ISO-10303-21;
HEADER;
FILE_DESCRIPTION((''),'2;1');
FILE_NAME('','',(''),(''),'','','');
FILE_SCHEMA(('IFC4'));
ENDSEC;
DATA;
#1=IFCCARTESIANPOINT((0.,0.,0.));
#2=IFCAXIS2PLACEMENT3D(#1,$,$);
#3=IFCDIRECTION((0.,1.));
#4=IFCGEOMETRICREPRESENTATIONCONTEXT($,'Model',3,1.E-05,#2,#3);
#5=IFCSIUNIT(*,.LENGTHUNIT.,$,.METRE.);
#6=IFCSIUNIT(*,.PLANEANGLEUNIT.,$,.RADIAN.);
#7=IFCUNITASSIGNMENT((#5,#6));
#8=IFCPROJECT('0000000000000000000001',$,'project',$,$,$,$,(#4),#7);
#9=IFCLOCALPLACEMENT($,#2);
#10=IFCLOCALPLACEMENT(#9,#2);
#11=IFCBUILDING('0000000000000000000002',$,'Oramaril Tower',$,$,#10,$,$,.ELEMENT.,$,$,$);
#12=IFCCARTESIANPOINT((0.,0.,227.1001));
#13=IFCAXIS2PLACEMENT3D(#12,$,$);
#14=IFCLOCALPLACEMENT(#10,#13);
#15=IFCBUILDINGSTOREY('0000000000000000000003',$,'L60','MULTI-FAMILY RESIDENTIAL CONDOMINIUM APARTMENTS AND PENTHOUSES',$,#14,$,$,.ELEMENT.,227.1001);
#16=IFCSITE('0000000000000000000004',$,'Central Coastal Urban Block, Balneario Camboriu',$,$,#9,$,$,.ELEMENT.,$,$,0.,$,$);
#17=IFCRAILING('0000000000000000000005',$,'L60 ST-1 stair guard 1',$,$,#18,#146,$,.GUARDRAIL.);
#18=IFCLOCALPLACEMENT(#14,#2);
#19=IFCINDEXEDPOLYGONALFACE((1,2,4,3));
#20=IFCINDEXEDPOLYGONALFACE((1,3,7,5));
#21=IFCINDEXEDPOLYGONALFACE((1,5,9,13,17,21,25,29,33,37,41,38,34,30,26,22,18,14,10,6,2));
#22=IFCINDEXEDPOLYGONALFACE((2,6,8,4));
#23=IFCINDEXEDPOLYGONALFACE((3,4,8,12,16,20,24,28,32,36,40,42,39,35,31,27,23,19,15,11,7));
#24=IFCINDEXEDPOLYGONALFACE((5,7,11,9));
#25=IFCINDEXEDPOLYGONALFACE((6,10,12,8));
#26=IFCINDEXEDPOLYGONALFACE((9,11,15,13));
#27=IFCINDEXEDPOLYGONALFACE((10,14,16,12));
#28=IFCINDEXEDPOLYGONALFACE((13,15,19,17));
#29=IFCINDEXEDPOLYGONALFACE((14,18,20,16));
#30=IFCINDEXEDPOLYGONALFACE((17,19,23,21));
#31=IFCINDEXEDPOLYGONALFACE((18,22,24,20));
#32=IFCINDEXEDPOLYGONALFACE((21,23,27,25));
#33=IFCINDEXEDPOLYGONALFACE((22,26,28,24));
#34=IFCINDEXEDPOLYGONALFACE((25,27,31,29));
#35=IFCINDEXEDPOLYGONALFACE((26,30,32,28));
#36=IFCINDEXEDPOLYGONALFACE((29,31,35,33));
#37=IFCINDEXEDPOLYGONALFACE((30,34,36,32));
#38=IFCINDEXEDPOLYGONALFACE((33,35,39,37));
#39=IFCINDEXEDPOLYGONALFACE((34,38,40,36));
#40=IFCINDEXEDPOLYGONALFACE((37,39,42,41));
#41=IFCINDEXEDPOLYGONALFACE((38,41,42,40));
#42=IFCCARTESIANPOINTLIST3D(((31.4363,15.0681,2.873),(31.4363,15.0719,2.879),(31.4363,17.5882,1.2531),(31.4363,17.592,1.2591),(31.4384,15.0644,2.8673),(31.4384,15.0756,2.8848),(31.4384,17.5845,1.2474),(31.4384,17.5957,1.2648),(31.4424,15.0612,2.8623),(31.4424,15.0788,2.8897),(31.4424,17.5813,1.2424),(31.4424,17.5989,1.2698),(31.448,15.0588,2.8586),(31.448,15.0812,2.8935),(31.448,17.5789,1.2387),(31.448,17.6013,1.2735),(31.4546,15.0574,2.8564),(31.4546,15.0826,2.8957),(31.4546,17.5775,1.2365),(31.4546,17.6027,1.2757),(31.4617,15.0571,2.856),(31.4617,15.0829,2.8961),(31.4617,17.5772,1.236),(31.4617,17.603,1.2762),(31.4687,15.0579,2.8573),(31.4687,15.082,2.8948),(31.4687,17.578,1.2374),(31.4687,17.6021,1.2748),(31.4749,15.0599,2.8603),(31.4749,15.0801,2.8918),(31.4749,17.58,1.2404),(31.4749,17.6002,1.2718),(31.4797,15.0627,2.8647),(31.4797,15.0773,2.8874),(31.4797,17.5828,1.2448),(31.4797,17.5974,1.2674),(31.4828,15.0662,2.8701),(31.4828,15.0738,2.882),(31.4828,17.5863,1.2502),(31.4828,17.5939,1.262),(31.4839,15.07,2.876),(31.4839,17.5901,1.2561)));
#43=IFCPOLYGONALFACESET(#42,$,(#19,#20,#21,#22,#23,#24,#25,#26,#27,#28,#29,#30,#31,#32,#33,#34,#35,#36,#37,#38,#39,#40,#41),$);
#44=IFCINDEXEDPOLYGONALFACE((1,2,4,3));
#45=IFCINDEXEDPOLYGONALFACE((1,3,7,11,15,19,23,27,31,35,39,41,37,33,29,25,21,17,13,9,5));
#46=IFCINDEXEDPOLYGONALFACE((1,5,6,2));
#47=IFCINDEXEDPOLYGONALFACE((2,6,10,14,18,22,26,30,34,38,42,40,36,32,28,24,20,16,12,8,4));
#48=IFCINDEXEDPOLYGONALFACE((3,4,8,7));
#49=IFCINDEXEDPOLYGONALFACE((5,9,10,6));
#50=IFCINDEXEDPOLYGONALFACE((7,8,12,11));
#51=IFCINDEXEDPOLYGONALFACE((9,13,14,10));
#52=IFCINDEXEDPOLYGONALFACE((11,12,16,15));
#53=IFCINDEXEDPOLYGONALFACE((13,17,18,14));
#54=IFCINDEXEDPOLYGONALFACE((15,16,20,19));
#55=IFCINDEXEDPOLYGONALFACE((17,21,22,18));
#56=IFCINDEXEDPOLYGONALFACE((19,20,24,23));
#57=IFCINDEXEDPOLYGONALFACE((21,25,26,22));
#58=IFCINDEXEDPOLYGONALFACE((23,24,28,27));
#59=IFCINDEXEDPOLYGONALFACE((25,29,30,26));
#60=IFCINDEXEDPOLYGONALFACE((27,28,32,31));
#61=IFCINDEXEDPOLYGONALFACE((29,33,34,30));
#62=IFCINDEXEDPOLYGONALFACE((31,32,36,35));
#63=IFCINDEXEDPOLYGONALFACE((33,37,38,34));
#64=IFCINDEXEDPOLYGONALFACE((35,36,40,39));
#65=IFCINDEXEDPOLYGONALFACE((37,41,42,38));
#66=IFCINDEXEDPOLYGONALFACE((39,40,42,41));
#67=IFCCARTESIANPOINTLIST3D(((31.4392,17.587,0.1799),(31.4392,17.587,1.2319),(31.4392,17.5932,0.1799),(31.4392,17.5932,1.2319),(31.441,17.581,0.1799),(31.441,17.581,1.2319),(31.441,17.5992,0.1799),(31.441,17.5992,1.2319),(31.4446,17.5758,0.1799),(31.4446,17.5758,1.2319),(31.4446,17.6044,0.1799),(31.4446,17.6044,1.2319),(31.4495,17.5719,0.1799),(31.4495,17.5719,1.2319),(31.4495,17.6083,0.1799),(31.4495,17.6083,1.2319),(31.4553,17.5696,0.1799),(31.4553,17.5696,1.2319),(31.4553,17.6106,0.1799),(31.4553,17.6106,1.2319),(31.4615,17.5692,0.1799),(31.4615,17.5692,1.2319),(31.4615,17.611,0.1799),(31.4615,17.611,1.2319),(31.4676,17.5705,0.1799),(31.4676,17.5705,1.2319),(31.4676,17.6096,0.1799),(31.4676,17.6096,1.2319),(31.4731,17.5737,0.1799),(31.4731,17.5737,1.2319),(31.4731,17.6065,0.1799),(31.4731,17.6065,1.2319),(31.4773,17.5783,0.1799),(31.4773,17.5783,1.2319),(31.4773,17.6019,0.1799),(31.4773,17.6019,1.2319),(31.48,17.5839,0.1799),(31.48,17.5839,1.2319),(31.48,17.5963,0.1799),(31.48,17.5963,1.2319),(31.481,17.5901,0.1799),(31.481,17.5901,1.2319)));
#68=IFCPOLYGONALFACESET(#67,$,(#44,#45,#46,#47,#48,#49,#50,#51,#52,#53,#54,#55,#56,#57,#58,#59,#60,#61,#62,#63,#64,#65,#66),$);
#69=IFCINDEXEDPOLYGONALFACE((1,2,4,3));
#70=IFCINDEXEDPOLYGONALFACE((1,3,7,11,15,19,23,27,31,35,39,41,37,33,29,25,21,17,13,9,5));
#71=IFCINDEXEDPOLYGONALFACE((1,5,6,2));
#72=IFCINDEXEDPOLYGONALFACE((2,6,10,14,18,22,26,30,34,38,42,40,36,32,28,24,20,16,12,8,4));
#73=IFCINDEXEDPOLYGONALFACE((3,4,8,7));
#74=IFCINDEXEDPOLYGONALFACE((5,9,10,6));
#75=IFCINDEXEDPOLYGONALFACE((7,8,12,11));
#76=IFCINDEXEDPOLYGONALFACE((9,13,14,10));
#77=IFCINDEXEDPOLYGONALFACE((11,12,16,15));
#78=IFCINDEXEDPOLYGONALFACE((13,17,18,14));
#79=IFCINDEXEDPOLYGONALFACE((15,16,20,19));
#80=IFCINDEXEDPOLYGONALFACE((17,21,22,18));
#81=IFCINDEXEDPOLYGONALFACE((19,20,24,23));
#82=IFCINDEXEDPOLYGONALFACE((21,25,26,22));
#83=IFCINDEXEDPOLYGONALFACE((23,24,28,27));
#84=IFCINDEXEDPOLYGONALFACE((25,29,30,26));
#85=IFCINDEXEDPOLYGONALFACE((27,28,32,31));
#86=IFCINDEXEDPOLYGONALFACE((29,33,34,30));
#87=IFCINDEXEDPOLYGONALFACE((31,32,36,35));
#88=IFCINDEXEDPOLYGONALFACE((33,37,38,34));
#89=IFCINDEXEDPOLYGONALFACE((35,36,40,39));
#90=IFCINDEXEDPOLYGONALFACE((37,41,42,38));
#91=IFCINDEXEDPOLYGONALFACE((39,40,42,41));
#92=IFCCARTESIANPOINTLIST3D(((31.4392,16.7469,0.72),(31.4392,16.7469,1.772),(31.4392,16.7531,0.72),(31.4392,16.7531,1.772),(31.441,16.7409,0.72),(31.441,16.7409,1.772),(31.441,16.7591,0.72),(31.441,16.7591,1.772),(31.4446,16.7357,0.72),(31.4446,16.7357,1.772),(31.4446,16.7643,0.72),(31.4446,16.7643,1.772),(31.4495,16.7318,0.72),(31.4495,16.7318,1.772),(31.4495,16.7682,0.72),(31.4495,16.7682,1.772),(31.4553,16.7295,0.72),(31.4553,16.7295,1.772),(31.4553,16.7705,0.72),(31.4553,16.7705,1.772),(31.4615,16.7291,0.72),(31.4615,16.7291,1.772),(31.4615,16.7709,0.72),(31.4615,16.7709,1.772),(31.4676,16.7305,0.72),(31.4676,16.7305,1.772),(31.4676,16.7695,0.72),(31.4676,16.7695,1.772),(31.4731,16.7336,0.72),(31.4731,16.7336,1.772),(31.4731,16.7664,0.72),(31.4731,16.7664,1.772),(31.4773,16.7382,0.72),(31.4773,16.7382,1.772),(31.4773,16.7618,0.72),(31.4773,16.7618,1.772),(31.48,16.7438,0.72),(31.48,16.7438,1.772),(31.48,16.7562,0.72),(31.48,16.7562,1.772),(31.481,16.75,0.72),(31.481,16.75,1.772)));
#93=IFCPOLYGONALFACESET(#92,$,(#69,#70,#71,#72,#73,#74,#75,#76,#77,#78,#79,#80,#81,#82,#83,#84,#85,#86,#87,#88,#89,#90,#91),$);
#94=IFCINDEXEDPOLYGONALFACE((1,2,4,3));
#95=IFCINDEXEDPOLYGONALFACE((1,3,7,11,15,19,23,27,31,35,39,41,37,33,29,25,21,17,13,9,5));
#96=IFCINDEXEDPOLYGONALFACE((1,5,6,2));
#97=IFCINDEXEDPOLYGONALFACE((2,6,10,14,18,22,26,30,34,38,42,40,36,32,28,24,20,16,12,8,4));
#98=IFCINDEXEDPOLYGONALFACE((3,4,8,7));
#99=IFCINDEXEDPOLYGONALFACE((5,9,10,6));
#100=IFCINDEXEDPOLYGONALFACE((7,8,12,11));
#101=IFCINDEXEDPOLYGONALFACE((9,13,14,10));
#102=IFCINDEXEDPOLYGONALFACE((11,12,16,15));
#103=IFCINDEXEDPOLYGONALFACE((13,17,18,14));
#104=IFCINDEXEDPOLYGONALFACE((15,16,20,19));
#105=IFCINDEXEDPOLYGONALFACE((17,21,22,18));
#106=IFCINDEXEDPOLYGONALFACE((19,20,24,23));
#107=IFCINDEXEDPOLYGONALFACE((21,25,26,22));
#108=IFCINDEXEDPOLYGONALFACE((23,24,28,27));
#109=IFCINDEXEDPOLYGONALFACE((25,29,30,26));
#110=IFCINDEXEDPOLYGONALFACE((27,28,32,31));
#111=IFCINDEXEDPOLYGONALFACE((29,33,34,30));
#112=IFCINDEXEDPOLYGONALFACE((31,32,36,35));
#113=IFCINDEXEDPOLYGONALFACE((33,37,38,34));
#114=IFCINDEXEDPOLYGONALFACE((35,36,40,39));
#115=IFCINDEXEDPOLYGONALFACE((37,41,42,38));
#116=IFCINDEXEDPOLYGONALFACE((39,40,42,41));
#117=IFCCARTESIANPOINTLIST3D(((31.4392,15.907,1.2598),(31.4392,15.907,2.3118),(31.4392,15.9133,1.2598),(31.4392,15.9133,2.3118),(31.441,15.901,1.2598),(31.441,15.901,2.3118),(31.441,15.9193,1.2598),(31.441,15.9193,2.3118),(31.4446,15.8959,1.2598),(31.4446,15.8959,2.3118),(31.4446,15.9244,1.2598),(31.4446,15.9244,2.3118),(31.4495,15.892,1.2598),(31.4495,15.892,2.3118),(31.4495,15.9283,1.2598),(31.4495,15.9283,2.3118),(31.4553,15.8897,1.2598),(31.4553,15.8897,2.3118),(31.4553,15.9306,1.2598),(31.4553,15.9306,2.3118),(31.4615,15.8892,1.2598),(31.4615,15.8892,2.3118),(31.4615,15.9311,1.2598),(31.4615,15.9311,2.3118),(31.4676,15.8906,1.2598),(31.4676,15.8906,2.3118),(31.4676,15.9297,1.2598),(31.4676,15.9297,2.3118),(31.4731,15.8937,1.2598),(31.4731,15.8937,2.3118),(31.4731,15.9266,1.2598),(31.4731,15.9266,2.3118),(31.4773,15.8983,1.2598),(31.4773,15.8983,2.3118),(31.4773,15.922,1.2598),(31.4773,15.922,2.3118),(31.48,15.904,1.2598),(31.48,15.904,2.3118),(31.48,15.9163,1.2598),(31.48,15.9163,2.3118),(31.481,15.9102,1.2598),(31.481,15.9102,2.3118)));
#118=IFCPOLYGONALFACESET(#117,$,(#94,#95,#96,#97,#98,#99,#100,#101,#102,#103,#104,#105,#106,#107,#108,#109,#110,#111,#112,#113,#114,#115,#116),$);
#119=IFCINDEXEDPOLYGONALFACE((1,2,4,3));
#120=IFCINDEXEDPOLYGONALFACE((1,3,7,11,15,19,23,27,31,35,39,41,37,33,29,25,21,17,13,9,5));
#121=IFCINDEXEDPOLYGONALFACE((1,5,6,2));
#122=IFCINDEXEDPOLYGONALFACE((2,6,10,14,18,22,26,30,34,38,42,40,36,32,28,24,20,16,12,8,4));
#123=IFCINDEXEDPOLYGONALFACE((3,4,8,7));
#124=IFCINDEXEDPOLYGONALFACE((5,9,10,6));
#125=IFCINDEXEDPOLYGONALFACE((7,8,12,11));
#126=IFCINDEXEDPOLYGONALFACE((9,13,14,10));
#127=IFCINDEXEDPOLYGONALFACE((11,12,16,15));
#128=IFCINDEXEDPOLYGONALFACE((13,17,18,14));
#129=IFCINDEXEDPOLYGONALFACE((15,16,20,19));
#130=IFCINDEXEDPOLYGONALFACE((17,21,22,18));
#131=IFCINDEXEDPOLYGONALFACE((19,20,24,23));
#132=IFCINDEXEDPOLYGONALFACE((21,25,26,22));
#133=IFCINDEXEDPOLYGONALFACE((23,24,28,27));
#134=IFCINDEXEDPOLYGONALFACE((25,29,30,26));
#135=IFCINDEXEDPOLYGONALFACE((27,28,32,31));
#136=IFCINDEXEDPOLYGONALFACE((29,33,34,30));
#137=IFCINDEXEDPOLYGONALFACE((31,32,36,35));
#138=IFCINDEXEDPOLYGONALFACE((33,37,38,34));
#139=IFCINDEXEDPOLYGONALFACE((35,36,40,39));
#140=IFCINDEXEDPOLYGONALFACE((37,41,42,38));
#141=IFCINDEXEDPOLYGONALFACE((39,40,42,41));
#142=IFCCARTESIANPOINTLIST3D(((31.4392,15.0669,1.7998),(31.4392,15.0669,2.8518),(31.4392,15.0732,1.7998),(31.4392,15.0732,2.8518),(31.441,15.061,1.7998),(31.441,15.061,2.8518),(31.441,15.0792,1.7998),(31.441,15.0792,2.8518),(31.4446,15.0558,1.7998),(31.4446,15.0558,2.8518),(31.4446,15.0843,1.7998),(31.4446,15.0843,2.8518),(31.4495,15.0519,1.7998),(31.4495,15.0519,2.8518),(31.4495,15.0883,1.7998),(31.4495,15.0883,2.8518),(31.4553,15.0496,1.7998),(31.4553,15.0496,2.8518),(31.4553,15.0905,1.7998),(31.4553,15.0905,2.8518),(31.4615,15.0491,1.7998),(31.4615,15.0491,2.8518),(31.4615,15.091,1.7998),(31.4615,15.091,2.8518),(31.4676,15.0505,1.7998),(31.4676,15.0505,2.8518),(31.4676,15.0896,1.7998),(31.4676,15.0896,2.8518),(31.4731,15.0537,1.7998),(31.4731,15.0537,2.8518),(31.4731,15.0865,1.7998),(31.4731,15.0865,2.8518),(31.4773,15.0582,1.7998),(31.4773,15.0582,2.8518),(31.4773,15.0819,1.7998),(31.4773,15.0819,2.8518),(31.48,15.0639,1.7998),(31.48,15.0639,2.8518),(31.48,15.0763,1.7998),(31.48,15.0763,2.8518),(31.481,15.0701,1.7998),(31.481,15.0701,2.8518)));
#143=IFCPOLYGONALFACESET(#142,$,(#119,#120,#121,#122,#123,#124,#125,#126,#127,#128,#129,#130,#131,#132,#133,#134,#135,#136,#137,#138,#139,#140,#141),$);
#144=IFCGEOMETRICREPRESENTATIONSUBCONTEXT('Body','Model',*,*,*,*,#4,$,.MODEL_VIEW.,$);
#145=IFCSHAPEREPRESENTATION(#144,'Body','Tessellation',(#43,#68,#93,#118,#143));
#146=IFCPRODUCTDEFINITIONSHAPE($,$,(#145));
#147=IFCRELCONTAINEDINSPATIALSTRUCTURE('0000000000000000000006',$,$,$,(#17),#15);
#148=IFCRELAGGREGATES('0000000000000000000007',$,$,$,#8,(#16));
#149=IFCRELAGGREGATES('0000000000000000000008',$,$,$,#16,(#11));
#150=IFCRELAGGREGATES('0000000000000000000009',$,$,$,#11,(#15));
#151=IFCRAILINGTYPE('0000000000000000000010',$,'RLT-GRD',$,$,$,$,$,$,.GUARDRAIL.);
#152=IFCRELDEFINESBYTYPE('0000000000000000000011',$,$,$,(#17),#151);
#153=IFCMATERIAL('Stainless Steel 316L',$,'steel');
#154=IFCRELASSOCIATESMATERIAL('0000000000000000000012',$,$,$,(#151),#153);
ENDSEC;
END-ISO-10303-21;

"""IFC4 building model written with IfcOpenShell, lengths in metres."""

from ifc_helpers import new_model, si_unit, direction, frame, origin, origin_2d, place, context, subcontext, project, spatial, circle, extrude, material, type_object, element, save


model = new_model("IFC4")

# Units and contexts
model_context = context("Model", 3, precision=1e-05, world=origin(), true_north=direction((0.0, 1.0)))
body_context = subcontext(model_context, "Body", "Model", "MODEL_VIEW")
ifc_project = project(units=[si_unit("LENGTHUNIT", "METRE"), si_unit("PLANEANGLEUNIT", "RADIAN")], contexts=[model_context])

# Site, building, storey
site_placement = place(None, origin())
site = spatial("IfcSite", under=ifc_project, at=site_placement, Name="Central Coastal Urban Block, Balneario Camboriu", CompositionType="ELEMENT", RefElevation=0.0)
building_placement = place(site_placement, origin())
building = spatial("IfcBuilding", under=site, at=building_placement, Name="Oramaril Tower", CompositionType="ELEMENT")
storey_placement = place(building_placement, frame((0.0, 0.0, 227.1001)))
storey = spatial("IfcBuildingStorey", under=building, at=storey_placement, Name="L60", Description="MULTI-FAMILY RESIDENTIAL CONDOMINIUM APARTMENTS AND PENTHOUSES", CompositionType="ELEMENT", Elevation=227.1001)

# Railing
ifc_material_1 = material(Name="Stainless Steel 316L", Category="steel")
railing_type_1 = type_object("IfcRailingType", Name="RLT-GRD", PredefinedType="GUARDRAIL", material=ifc_material_1)
railing_1_placement = place(storey_placement, frame((31.46, 17.5901, 0.1799)))
element("IfcRailing", 1, at=railing_1_placement, inside=storey, type_object=railing_type_1, Name="L60 ST-1 stair guard 1", PredefinedType="GUARDRAIL", context=body_context, shape_type="SweptSolid", body=[
    extrude(circle(Radius=0.0239, at=origin_2d()), frame((0.0, 0.0, 1.0762), z_axis=(0.0, -0.8412, 0.540725), x_axis=(1.0, 0.0, 0.0)), (0.0, 0.0, 1.0), 2.9958),
    extrude(circle(Radius=0.021, at=origin_2d()), origin(), (0.0, 0.0, 1.0), 1.052),
    extrude(circle(Radius=0.021, at=origin_2d()), frame((0.0, -0.8401, 0.54)), (0.0, 0.0, 1.0), 1.052),
    extrude(circle(Radius=0.021, at=origin_2d()), frame((0.0, -1.6799, 1.0798)), (0.0, 0.0, 1.0), 1.052),
    extrude(circle(Radius=0.021, at=origin_2d()), frame((0.0, -2.52, 1.6199)), (0.0, 0.0, 1.0), 1.052),
])

save(model, "model.ifc")
